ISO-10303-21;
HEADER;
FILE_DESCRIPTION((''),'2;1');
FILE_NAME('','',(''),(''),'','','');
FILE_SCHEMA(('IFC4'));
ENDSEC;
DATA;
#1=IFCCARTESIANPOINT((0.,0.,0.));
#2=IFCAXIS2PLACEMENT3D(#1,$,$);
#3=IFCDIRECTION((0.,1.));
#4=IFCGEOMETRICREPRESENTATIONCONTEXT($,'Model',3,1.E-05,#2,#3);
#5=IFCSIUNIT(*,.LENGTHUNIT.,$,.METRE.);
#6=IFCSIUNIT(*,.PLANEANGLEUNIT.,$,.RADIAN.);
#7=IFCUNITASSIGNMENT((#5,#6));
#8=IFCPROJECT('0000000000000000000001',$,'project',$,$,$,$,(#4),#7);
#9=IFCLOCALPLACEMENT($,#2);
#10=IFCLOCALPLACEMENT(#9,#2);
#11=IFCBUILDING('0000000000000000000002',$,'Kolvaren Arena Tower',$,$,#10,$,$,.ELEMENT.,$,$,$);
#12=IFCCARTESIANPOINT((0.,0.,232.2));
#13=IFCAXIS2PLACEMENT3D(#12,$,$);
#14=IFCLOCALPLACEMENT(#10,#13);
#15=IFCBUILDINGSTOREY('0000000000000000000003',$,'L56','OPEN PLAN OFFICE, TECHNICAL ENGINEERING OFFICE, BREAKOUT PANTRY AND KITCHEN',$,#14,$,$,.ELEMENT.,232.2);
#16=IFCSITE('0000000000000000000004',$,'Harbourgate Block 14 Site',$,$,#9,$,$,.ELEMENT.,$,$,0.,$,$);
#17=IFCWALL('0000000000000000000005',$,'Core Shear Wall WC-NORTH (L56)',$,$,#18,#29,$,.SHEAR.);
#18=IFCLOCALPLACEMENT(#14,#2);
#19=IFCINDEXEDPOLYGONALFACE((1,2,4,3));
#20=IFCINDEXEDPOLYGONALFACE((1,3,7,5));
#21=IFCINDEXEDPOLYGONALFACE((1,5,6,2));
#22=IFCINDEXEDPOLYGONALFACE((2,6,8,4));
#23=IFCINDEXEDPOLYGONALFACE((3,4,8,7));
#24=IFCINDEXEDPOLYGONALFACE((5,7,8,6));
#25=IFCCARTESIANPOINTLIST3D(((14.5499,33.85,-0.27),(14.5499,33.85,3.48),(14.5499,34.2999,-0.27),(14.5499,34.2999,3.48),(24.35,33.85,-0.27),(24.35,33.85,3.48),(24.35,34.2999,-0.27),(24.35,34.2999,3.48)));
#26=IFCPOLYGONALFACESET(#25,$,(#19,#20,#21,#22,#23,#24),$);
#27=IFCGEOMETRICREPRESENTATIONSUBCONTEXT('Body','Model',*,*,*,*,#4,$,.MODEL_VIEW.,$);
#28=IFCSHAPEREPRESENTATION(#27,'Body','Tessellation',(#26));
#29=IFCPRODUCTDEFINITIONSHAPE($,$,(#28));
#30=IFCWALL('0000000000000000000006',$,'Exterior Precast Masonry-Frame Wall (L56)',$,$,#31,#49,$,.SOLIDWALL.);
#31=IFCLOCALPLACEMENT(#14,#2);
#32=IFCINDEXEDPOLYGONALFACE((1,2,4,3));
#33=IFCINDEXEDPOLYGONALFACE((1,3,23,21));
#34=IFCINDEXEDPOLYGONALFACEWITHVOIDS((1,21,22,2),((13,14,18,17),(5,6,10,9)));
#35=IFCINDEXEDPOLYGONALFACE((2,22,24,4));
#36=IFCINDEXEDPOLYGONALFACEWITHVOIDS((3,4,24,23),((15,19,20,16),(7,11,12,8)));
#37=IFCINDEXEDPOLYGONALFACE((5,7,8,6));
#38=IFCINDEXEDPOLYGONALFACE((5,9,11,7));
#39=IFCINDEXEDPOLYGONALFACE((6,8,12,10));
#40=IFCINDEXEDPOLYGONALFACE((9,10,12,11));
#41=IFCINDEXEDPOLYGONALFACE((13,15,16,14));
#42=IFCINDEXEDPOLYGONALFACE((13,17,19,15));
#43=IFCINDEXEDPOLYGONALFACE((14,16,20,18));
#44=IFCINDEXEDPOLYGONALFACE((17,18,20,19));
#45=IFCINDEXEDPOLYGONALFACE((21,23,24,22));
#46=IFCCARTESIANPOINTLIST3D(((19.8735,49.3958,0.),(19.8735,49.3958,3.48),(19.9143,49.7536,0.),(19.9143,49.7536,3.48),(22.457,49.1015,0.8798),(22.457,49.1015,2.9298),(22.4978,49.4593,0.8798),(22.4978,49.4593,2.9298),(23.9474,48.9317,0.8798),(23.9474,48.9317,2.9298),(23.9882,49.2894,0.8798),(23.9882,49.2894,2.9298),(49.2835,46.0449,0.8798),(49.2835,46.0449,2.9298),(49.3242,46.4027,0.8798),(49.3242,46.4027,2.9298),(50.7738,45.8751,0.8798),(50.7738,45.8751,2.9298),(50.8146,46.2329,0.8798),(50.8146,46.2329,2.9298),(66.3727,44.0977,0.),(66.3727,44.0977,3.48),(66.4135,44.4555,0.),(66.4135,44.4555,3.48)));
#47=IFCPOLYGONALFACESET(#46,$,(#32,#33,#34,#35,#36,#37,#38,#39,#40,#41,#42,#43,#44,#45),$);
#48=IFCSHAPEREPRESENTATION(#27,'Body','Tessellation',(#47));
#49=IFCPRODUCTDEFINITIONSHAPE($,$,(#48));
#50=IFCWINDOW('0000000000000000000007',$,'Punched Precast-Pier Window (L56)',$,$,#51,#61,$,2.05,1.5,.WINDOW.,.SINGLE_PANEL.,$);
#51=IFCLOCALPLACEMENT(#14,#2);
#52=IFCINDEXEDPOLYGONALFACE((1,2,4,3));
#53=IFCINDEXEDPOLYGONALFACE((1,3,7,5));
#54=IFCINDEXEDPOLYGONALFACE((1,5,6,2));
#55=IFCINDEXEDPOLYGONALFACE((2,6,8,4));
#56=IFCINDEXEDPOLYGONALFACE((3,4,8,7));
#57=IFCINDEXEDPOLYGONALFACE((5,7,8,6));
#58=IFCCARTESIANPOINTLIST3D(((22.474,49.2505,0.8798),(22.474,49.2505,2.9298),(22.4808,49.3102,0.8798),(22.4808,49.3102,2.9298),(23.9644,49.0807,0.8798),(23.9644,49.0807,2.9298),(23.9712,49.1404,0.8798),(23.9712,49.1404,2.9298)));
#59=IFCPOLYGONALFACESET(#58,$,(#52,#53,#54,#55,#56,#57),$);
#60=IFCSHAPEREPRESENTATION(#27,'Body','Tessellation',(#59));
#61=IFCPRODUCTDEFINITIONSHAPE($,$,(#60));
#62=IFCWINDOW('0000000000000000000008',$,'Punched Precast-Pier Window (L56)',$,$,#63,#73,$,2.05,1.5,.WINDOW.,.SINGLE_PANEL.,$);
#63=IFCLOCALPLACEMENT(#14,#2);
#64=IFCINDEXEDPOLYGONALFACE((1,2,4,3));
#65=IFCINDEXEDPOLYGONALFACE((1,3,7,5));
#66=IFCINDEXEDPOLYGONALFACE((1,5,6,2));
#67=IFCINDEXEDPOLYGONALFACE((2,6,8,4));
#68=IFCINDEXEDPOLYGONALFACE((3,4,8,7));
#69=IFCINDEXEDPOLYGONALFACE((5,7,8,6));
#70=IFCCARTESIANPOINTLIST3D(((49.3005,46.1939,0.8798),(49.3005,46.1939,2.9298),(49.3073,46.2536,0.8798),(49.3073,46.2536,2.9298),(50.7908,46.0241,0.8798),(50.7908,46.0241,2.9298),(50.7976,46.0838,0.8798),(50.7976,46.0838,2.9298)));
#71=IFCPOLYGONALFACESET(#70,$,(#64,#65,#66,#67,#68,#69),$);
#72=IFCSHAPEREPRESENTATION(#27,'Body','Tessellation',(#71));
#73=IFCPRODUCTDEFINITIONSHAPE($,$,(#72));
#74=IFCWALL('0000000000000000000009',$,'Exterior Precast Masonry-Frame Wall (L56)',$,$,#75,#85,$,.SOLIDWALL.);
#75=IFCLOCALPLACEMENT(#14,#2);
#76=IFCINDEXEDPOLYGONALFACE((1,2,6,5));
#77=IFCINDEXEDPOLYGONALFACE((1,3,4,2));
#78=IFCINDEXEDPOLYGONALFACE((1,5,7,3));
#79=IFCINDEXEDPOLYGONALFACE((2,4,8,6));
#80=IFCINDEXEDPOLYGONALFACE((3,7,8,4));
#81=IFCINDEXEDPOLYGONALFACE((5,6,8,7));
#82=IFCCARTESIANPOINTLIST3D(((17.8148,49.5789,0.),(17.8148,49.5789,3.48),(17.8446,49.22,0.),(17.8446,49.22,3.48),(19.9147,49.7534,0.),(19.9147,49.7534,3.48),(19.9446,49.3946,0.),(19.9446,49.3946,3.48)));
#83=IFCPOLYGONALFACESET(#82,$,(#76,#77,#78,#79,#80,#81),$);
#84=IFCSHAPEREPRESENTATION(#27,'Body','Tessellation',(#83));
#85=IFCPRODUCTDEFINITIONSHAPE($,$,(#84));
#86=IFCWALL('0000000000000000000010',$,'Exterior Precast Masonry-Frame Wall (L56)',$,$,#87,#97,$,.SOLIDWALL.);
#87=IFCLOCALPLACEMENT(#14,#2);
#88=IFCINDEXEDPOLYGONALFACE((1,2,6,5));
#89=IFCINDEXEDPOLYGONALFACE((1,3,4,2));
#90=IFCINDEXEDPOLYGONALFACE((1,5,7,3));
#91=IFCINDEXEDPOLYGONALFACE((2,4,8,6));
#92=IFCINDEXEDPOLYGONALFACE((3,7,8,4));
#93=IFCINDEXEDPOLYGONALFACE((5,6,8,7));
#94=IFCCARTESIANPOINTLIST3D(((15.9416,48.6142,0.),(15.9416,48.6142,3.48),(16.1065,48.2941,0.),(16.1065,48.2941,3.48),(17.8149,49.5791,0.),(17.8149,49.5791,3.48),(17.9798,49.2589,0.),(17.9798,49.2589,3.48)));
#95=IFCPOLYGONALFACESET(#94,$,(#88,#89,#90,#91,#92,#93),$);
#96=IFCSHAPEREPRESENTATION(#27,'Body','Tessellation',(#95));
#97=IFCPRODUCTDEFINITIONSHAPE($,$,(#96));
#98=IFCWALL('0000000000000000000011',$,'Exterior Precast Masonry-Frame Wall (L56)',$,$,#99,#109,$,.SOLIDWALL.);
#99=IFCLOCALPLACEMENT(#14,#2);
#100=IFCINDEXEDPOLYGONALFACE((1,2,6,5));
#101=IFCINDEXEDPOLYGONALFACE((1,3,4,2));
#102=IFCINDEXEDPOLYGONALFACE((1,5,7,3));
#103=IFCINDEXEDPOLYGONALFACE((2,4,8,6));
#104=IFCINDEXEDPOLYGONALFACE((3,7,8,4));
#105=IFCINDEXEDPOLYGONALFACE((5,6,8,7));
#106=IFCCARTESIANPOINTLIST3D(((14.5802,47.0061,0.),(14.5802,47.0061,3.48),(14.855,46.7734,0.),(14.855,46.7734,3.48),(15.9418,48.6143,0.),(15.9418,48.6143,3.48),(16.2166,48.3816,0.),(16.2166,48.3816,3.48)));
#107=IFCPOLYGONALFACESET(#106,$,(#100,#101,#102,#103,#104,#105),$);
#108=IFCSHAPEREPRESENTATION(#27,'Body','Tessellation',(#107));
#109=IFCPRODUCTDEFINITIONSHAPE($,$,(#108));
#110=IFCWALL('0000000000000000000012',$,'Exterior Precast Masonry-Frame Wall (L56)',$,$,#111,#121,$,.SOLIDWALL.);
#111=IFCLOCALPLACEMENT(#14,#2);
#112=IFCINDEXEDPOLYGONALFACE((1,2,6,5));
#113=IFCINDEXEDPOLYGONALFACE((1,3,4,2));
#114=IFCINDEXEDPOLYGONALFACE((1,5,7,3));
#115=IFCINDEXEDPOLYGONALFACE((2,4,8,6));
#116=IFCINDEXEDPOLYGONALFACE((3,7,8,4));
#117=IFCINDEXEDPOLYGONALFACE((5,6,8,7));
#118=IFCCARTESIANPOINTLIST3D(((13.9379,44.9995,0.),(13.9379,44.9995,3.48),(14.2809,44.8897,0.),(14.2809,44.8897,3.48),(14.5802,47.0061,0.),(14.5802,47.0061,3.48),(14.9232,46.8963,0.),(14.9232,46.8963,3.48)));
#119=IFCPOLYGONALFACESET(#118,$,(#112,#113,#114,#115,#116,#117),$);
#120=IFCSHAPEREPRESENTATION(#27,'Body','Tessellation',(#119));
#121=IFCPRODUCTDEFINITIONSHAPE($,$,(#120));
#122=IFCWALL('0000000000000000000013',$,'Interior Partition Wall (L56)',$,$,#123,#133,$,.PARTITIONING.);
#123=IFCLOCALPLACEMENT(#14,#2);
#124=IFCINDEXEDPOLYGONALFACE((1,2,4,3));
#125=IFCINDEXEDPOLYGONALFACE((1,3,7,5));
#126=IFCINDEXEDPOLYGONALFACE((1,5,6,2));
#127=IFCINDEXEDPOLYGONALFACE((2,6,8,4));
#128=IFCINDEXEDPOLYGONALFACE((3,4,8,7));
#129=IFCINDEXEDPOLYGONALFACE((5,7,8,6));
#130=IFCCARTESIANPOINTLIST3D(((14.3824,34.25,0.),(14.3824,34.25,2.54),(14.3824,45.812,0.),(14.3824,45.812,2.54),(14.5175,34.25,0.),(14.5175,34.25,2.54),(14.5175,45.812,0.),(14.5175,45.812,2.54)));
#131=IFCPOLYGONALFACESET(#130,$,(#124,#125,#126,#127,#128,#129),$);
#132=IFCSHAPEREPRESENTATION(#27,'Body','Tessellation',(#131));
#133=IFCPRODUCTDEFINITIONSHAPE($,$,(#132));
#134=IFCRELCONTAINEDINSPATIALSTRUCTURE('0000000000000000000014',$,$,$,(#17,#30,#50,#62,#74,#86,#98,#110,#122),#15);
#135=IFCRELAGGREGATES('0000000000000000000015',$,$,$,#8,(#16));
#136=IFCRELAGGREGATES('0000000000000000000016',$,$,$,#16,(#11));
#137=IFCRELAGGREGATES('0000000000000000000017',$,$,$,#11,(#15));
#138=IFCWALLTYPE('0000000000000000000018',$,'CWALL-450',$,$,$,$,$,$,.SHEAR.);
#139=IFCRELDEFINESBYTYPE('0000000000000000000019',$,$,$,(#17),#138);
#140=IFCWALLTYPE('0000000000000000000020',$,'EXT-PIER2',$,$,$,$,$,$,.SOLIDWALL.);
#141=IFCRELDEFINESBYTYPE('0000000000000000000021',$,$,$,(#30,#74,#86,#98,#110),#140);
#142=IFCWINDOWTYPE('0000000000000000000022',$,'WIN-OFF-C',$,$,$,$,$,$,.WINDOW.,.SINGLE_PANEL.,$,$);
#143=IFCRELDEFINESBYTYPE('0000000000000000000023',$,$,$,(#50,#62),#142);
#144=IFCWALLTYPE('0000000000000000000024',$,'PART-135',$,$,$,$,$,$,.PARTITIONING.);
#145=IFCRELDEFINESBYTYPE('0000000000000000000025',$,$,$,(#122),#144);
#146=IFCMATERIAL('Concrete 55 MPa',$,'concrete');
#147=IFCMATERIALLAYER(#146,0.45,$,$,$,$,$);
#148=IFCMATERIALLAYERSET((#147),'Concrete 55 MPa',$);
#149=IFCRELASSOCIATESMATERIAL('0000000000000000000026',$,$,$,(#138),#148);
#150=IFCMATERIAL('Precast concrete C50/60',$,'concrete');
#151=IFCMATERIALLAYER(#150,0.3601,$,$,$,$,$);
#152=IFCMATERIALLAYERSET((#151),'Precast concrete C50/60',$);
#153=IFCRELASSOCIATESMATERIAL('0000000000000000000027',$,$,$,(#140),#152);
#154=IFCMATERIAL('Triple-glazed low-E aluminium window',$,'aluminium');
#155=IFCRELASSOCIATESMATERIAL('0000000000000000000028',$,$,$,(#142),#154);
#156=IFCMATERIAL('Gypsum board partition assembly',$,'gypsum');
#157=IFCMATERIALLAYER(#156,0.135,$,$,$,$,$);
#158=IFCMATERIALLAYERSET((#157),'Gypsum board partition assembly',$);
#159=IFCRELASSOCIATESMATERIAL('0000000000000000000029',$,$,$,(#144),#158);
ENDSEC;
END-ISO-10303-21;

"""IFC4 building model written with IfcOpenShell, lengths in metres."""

from ifc_helpers import new_model, si_unit, direction, frame, frame_2d, origin, place, context, subcontext, project, spatial, rectangle, extrude, material, layer, layer_set, type_object, element, fill, save


model = new_model("IFC4")

# Units and contexts
model_context = context("Model", 3, precision=1e-05, world=origin(), true_north=direction((0.0, 1.0)))
body_context = subcontext(model_context, "Body", "Model", "MODEL_VIEW")
ifc_project = project(units=[si_unit("LENGTHUNIT", "METRE"), si_unit("PLANEANGLEUNIT", "RADIAN")], contexts=[model_context])

# Site, building, storey
site_placement = place(None, origin())
site = spatial("IfcSite", under=ifc_project, at=site_placement, Name="Harbourgate Block 14 Site", CompositionType="ELEMENT", RefElevation=0.0)
building_placement = place(site_placement, origin())
building = spatial("IfcBuilding", under=site, at=building_placement, Name="Kolvaren Arena Tower", CompositionType="ELEMENT")
storey_placement = place(building_placement, frame((0.0, 0.0, 232.2)))
storey = spatial("IfcBuildingStorey", under=building, at=storey_placement, Name="L56", Description="OPEN PLAN OFFICE, TECHNICAL ENGINEERING OFFICE, BREAKOUT PANTRY AND KITCHEN", CompositionType="ELEMENT", Elevation=232.2)

# Wall
ifc_material_1 = material(Name="Concrete 55 MPa", Category="concrete")
ifc_layer_1 = layer(ifc_material_1, 0.45)
ifc_layer_set_1 = layer_set([ifc_layer_1], Name="Concrete 55 MPa")
wall_type_1 = type_object("IfcWallType", Name="CWALL-450", PredefinedType="SHEAR", material=ifc_layer_set_1)
wall_1_placement = place(storey_placement, frame((14.55, 34.075, -0.27), z_axis=(0.0, 0.0, 1.0), x_axis=(1.0, 0.0, 0.0)))
element("IfcWall", 1, at=wall_1_placement, inside=storey, type_object=wall_type_1, Name="Core Shear Wall WC-NORTH (L56)", PredefinedType="SHEAR", context=body_context, shape_type="SweptSolid", body=[
    extrude(rectangle(XDim=9.8, YDim=0.45, at=frame_2d((4.8999, 0.0))), origin(), (0.0, 0.0, 1.0), 3.75),
])

# Wall, openings, windows
ifc_material_2 = material(Name="Precast concrete C50/60", Category="concrete")
ifc_layer_2 = layer(ifc_material_2, 0.3601)
ifc_layer_set_2 = layer_set([ifc_layer_2], Name="Precast concrete C50/60")
wall_type_2 = type_object("IfcWallType", Name="EXT-PIER2", PredefinedType="SOLIDWALL", material=ifc_layer_set_2)
wall_2_placement = place(storey_placement, frame((19.894, 49.5747, 0.0), z_axis=(0.0, 0.0, 1.0), x_axis=(0.993571, -0.113207, 0.0)))
wall_2 = element("IfcWall", 2, at=wall_2_placement, inside=storey, type_object=wall_type_2, Name="Exterior Precast Masonry-Frame Wall (L56)", PredefinedType="SOLIDWALL", context=body_context, shape_type="SweptSolid", body=[
    extrude(rectangle(XDim=46.8, YDim=0.3601, at=frame_2d((23.3999, 0.0))), origin(), (0.0, 0.0, 1.0), 3.48),
])
opening_1_placement = place(wall_2_placement, frame((2.6001, 0.0, 0.8799)))
opening_1 = element("IfcOpeningElement", 3, at=opening_1_placement, cuts=wall_2, PredefinedType="OPENING", context=body_context, shape_type="SweptSolid", body=[
    extrude(rectangle(XDim=1.5, YDim=2.05, at=frame_2d((0.75, 1.0249))), frame((0.0, 0.1899, 0.0), z_axis=(0.0, -1.0, 0.0), x_axis=(1.0, 0.0, 0.0)), (0.0, 0.0, 1.0), 0.3801),
])
opening_2_placement = place(wall_2_placement, frame((29.6001, 0.0, 0.8799)))
opening_2 = element("IfcOpeningElement", 4, at=opening_2_placement, cuts=wall_2, PredefinedType="OPENING", context=body_context, shape_type="SweptSolid", body=[
    extrude(rectangle(XDim=1.5, YDim=2.05, at=frame_2d((0.75, 1.0249))), frame((0.0, 0.1899, 0.0), z_axis=(0.0, -1.0, 0.0), x_axis=(1.0, 0.0, 0.0)), (0.0, 0.0, 1.0), 0.3801),
])
ifc_material_3 = material(Name="Triple-glazed low-E aluminium window", Category="aluminium")
window_type = type_object("IfcWindowType", Name="WIN-OFF-C", PartitioningType="SINGLE_PANEL", PredefinedType="WINDOW", material=ifc_material_3)
window_1_placement = place(opening_1_placement, origin())
window_1 = element("IfcWindow", 5, at=window_1_placement, inside=storey, type_object=window_type, Name="Punched Precast-Pier Window (L56)", OverallHeight=2.05, OverallWidth=1.5, PartitioningType="SINGLE_PANEL", PredefinedType="WINDOW", context=body_context, shape_type="SweptSolid", body=[
    extrude(rectangle(XDim=1.5, YDim=2.05, at=frame_2d((0.75, 1.0249))), frame((0.0, 0.03, 0.0), z_axis=(0.0, -1.0, 0.0), x_axis=(1.0, 0.0, 0.0)), (0.0, 0.0, 1.0), 0.0601),
])
fill(opening_1, window_1)
window_2_placement = place(opening_2_placement, origin())
window_2 = element("IfcWindow", 6, at=window_2_placement, inside=storey, type_object=window_type, Name="Punched Precast-Pier Window (L56)", OverallHeight=2.05, OverallWidth=1.5, PartitioningType="SINGLE_PANEL", PredefinedType="WINDOW", context=body_context, shape_type="SweptSolid", body=[
    extrude(rectangle(XDim=1.5, YDim=2.05, at=frame_2d((0.75, 1.0249))), frame((0.0, 0.03, 0.0), z_axis=(0.0, -1.0, 0.0), x_axis=(1.0, 0.0, 0.0)), (0.0, 0.0, 1.0), 0.0601),
])
fill(opening_2, window_2)

# Walls
for number, where, z_axis, x_axis, name in (
    (7, (17.8296, 49.3994, 0.0), (0.0, 0.0, 1.0), (0.996563, 0.082844, 0.0), "Exterior Precast Masonry-Frame Wall (L56)"),
    (8, (16.0239, 48.4541, 0.0), (0.0, 0.0, 1.0), (0.88901, 0.457887, 0.0), "Exterior Precast Masonry-Frame Wall (L56)"),
    (9, (14.7175, 46.8896, 0.0), (0.0, 0.0, 1.0), (0.646171, 0.763193, 0.0), "Exterior Precast Masonry-Frame Wall (L56)"),
):
    element("IfcWall", number, at=place(storey_placement, frame(where, z_axis=z_axis, x_axis=x_axis)), inside=storey, type_object=wall_type_2, Name=name, PredefinedType="SOLIDWALL", context=body_context, shape_type="SweptSolid", body=[
        extrude(rectangle(XDim=2.1072, YDim=0.3601, at=frame_2d((1.0537, 0.0))), origin(), (0.0, 0.0, 1.0), 3.48),
    ])
wall_3_placement = place(storey_placement, frame((14.1094, 44.9446, 0.0), z_axis=(0.0, 0.0, 1.0), x_axis=(0.304872, 0.952393, 0.0)))
element("IfcWall", 10, at=wall_3_placement, inside=storey, type_object=wall_type_2, Name="Exterior Precast Masonry-Frame Wall (L56)", PredefinedType="SOLIDWALL", context=body_context, shape_type="SweptSolid", body=[
    extrude(rectangle(XDim=2.1069, YDim=0.3601, at=frame_2d((1.0535, 0.0))), origin(), (0.0, 0.0, 1.0), 3.48),
])
ifc_material_4 = material(Name="Gypsum board partition assembly", Category="gypsum")
ifc_layer_3 = layer(ifc_material_4, 0.135)
ifc_layer_set_3 = layer_set([ifc_layer_3], Name="Gypsum board partition assembly")
wall_type_3 = type_object("IfcWallType", Name="PART-135", PredefinedType="PARTITIONING", material=ifc_layer_set_3)
wall_4_placement = place(storey_placement, frame((14.45, 34.25, 0.0), z_axis=(0.0, 0.0, 1.0), x_axis=(0.0, 1.0, 0.0)))
element("IfcWall", 11, at=wall_4_placement, inside=storey, type_object=wall_type_3, Name="Interior Partition Wall (L56)", PredefinedType="PARTITIONING", context=body_context, shape_type="SweptSolid", body=[
    extrude(rectangle(XDim=11.562, YDim=0.135, at=frame_2d((5.781, 0.0))), origin(), (0.0, 0.0, 1.0), 2.54),
])

save(model, "model.ifc")
